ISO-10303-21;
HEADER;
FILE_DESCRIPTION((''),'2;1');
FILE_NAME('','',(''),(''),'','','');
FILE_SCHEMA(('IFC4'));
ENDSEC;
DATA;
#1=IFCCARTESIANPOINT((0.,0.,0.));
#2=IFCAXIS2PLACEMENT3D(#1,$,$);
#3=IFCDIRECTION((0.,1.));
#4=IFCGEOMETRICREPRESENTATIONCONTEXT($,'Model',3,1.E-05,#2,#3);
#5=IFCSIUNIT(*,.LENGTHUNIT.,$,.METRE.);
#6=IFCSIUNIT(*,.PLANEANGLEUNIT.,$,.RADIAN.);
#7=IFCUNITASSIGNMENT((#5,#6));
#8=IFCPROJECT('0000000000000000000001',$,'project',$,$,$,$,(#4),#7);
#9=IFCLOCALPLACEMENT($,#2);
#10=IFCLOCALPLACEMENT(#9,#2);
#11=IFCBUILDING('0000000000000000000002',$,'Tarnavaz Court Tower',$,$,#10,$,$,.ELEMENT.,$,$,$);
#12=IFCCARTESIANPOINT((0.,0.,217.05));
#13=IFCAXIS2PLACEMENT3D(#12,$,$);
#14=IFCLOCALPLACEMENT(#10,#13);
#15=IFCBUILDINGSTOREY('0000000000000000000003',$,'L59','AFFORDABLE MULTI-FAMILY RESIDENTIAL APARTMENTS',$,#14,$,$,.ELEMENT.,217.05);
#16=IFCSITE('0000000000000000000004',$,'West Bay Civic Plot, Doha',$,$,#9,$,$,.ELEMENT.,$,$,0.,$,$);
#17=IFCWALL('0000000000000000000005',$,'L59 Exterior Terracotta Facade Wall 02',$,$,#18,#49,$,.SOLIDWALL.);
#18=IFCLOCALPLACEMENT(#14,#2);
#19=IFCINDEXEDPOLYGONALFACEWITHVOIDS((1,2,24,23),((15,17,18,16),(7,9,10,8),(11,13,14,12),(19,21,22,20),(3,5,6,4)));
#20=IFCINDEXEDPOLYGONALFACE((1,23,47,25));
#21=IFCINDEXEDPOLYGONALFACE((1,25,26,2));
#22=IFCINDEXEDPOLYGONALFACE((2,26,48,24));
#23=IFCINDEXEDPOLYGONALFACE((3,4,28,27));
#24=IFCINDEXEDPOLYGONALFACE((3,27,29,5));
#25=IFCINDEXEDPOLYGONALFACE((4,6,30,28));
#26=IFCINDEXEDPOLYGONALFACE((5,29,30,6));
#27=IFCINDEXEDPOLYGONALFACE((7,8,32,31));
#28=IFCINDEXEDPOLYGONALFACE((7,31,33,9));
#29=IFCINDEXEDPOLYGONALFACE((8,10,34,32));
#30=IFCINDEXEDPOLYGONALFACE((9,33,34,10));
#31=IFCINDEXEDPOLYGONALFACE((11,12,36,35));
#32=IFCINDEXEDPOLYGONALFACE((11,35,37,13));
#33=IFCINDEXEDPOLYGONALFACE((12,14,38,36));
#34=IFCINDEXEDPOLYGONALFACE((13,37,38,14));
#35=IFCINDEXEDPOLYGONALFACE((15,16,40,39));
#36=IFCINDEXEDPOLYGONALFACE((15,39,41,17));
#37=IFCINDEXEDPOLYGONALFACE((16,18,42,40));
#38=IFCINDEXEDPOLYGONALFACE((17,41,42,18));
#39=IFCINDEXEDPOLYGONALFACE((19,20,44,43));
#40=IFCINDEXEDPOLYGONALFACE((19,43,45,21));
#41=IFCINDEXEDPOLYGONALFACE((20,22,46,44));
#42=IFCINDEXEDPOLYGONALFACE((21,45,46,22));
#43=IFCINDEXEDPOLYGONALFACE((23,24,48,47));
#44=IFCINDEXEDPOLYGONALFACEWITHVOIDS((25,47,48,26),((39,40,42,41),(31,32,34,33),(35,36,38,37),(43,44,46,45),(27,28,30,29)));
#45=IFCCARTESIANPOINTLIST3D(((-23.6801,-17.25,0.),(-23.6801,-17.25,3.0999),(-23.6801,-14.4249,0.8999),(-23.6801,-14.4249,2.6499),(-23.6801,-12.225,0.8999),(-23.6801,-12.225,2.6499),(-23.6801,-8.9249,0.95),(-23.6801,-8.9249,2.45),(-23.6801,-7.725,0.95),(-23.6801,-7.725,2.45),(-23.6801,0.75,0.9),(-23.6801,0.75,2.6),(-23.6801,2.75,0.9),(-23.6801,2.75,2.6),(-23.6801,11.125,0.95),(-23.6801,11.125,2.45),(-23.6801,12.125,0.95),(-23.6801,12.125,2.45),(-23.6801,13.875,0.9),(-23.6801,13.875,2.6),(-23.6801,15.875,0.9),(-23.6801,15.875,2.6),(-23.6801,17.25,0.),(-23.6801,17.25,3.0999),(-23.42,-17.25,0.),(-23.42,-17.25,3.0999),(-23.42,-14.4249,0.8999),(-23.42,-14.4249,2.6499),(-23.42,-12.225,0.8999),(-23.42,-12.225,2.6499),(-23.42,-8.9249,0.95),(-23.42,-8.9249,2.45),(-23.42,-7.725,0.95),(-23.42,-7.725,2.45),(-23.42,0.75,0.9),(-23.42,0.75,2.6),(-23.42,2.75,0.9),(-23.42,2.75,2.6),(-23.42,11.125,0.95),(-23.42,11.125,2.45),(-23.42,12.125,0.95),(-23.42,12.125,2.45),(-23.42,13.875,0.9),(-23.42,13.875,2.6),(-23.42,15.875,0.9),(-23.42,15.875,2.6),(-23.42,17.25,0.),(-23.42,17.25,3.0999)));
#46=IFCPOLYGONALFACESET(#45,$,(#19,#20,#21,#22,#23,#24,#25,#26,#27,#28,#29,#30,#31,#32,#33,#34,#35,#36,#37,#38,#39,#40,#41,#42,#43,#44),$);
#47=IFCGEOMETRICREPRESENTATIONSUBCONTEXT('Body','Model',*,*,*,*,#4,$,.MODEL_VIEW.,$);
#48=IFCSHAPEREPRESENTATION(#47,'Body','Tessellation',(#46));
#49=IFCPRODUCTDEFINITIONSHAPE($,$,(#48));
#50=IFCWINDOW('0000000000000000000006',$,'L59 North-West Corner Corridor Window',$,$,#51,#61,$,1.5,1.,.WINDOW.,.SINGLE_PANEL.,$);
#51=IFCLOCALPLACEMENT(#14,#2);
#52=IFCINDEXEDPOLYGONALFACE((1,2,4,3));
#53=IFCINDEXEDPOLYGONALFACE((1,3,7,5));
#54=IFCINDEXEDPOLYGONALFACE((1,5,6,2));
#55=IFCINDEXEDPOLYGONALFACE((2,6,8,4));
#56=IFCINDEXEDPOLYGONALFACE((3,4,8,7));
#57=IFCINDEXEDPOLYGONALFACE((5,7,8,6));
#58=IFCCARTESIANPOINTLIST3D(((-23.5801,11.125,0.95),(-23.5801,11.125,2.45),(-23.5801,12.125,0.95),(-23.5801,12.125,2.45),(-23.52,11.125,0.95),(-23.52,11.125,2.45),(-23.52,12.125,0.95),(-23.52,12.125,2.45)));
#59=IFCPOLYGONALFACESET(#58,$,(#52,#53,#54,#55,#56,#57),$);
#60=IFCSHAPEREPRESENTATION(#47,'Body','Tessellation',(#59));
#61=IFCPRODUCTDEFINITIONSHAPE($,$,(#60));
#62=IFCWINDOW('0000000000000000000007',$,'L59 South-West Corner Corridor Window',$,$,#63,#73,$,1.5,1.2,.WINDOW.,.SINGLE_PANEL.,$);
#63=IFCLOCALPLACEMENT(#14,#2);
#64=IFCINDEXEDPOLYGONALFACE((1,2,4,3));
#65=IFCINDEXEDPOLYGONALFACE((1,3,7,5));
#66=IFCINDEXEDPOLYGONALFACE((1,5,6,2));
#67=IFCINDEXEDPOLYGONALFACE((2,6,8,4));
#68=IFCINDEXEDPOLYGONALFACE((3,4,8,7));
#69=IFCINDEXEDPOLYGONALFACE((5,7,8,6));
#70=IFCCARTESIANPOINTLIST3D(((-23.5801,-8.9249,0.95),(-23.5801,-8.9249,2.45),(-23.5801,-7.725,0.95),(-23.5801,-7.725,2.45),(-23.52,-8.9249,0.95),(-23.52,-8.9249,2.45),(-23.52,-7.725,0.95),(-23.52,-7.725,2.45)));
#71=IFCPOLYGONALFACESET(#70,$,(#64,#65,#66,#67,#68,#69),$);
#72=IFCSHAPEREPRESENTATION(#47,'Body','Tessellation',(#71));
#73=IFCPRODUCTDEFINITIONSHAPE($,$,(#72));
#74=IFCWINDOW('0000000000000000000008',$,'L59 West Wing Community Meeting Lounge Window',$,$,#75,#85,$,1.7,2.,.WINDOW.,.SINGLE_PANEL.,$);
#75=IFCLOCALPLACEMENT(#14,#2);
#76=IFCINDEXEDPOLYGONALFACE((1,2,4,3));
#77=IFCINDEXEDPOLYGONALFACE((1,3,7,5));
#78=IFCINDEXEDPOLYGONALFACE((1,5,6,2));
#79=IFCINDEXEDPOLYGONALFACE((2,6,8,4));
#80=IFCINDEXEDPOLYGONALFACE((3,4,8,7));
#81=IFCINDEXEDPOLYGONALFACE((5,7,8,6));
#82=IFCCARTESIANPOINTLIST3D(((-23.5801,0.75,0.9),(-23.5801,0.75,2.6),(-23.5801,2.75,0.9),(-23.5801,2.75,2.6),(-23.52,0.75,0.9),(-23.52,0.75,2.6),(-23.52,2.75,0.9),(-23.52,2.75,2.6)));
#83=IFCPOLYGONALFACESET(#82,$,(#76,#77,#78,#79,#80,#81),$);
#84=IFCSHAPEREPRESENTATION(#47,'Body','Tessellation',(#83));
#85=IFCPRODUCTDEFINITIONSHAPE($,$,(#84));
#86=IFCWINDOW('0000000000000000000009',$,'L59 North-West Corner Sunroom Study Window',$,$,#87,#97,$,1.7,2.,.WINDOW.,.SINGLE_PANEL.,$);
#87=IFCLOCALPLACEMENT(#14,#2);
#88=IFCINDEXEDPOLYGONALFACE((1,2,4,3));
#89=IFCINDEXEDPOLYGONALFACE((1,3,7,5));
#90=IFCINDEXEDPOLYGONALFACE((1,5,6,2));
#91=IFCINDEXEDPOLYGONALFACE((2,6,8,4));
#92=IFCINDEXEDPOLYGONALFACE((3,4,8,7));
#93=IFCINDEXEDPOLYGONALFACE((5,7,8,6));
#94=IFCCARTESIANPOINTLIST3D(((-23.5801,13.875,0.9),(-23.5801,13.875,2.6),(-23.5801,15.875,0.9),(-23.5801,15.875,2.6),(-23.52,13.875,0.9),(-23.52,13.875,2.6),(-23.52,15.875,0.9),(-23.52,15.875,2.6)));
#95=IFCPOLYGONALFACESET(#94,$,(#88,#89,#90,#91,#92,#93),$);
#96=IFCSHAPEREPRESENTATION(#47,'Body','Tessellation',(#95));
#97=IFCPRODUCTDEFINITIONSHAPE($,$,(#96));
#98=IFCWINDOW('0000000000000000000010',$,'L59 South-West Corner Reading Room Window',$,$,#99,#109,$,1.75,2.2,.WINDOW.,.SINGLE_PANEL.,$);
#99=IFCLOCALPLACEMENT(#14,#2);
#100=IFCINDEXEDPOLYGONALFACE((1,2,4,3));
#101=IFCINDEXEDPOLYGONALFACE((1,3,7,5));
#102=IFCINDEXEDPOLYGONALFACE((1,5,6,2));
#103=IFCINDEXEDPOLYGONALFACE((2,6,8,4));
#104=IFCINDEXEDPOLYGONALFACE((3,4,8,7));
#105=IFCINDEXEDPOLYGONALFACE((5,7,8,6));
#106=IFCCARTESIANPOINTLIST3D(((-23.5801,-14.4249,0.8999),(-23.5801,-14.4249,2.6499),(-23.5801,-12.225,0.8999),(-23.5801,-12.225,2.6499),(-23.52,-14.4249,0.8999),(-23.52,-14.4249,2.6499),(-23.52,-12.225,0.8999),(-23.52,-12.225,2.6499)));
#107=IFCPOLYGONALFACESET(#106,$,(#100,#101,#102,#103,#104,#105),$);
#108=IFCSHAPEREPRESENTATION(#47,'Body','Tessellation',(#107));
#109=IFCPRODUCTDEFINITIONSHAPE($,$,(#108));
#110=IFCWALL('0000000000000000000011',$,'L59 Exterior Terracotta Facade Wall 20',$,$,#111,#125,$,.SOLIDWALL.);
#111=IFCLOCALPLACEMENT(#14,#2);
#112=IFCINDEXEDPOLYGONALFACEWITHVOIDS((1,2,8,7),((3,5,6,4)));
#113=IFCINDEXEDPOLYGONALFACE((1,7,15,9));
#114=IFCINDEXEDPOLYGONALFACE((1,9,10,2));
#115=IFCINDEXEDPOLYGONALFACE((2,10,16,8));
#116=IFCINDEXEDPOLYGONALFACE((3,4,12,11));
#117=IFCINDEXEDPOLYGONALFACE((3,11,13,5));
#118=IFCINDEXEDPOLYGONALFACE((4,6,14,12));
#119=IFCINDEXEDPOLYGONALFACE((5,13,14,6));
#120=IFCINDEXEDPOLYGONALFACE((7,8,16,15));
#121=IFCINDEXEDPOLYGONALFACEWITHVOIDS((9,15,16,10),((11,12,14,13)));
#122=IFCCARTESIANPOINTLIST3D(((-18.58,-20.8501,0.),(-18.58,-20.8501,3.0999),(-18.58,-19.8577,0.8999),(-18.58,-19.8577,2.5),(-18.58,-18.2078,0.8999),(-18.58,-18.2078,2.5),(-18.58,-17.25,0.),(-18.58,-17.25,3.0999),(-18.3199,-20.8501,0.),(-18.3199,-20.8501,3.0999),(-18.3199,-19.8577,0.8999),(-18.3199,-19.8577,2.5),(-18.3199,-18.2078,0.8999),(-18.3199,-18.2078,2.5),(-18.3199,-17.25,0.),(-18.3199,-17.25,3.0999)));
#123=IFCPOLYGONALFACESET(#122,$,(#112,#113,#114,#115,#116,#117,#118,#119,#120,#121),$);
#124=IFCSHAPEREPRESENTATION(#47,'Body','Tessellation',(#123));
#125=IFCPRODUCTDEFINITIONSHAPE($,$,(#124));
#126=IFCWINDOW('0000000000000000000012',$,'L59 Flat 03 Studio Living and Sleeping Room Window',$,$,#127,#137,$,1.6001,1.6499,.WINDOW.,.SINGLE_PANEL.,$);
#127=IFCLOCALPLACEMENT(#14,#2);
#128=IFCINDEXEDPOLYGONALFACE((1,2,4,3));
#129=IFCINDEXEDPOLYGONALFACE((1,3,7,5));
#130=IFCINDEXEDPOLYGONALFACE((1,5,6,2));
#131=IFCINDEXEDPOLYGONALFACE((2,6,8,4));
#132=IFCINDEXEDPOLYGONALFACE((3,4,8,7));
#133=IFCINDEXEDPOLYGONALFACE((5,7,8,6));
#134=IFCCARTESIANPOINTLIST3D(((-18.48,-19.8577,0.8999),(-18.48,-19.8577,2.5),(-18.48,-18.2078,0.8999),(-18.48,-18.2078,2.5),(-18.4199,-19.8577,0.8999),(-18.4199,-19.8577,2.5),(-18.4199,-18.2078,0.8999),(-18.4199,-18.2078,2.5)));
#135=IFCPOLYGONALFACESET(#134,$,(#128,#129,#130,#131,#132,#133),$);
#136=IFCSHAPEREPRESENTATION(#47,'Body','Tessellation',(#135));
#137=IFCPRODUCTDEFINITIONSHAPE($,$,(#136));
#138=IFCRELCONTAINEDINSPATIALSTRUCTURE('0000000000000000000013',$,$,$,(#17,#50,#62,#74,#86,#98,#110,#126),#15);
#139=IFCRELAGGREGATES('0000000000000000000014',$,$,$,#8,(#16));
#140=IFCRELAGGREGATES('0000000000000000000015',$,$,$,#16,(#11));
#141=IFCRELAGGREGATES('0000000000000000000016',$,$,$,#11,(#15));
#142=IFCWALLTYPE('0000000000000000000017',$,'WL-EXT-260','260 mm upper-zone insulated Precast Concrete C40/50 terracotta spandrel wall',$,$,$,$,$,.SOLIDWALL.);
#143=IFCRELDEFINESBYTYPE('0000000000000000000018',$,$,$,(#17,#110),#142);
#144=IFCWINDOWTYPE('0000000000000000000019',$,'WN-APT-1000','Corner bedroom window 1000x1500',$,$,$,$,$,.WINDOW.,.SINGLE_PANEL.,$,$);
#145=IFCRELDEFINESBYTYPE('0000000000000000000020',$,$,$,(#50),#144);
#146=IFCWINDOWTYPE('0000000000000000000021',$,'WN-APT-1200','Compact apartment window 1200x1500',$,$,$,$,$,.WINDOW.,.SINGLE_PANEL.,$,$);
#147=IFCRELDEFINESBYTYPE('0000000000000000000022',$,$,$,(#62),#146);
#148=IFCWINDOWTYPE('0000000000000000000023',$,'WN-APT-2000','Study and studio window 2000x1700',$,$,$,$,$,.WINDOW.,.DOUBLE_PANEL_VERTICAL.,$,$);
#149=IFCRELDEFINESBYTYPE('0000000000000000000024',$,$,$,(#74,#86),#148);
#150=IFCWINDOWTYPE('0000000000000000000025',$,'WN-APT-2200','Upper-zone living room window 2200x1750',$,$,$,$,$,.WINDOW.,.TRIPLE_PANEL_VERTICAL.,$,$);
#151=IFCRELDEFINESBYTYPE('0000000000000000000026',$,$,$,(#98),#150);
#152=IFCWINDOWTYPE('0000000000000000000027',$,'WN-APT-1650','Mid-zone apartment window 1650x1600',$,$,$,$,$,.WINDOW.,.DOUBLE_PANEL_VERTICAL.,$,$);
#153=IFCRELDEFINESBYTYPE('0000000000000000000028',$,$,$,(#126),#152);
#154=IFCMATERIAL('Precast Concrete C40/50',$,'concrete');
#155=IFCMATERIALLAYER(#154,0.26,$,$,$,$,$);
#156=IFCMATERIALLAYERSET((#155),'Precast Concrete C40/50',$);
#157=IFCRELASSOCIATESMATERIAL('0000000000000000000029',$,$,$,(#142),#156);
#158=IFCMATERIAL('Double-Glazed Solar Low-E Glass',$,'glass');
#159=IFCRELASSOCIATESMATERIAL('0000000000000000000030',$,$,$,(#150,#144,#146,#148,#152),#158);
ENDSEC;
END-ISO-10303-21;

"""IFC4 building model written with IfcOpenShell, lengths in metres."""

from ifc_helpers import new_model, si_unit, direction, frame, frame_2d, origin, place, context, subcontext, project, spatial, rectangle, extrude, material, layer, layer_set, type_object, element, fill, save


model = new_model("IFC4")

# Units and contexts
model_context = context("Model", 3, precision=1e-05, world=origin(), true_north=direction((0.0, 1.0)))
body_context = subcontext(model_context, "Body", "Model", "MODEL_VIEW")
ifc_project = project(units=[si_unit("LENGTHUNIT", "METRE"), si_unit("PLANEANGLEUNIT", "RADIAN")], contexts=[model_context])

# Site, building, storey
site_placement = place(None, origin())
site = spatial("IfcSite", under=ifc_project, at=site_placement, Name="West Bay Civic Plot, Doha", CompositionType="ELEMENT", RefElevation=0.0)
building_placement = place(site_placement, origin())
building = spatial("IfcBuilding", under=site, at=building_placement, Name="Tarnavaz Court Tower", CompositionType="ELEMENT")
storey_placement = place(building_placement, frame((0.0, 0.0, 217.05)))
storey = spatial("IfcBuildingStorey", under=building, at=storey_placement, Name="L59", Description="AFFORDABLE MULTI-FAMILY RESIDENTIAL APARTMENTS", CompositionType="ELEMENT", Elevation=217.05)

# Shared definitions
ifc_material_1 = material(Name="Precast Concrete C40/50", Category="concrete")
ifc_layer_1 = layer(ifc_material_1, 0.26)
ifc_layer_set_1 = layer_set([ifc_layer_1], Name="Precast Concrete C40/50")
wall_type_1 = type_object("IfcWallType", Name="WL-EXT-260", Description="260 mm upper-zone insulated Precast Concrete C40/50 terracotta spandrel wall", PredefinedType="SOLIDWALL", material=ifc_layer_set_1)
ifc_material_2 = material(Name="Double-Glazed Solar Low-E Glass", Category="glass")
window_type_1 = type_object("IfcWindowType", Name="WN-APT-2200", Description="Upper-zone living room window 2200x1750", PartitioningType="TRIPLE_PANEL_VERTICAL", PredefinedType="WINDOW", material=ifc_material_2)

# Wall, openings, windows
wall_1_placement = place(storey_placement, frame((-23.55, -17.25, 0.0), z_axis=(0.0, 0.0, 1.0), x_axis=(0.0, 1.0, 0.0)))
wall_1 = element("IfcWall", 1, at=wall_1_placement, inside=storey, type_object=wall_type_1, Name="L59 Exterior Terracotta Facade Wall 02", PredefinedType="SOLIDWALL", context=body_context, shape_type="SweptSolid", body=[
    extrude(rectangle(XDim=34.5, YDim=0.26, at=frame_2d((17.25, 0.0))), origin(), (0.0, 0.0, 1.0), 3.0999),
])
opening_1_placement = place(wall_1_placement, frame((2.825, 0.0, 0.8999)))
opening_1 = element("IfcOpeningElement", 2, at=opening_1_placement, cuts=wall_1, PredefinedType="OPENING", context=body_context, shape_type="SweptSolid", body=[
    extrude(rectangle(XDim=2.2, YDim=1.75, at=frame_2d((1.1001, 0.875))), frame((0.0, 0.1399, 0.0), z_axis=(0.0, -1.0, 0.0), x_axis=(1.0, 0.0, 0.0)), (0.0, 0.0, 1.0), 0.28),
])
opening_2_placement = place(wall_1_placement, frame((8.325, 0.0, 0.95)))
opening_2 = element("IfcOpeningElement", 3, at=opening_2_placement, cuts=wall_1, PredefinedType="OPENING", context=body_context, shape_type="SweptSolid", body=[
    extrude(rectangle(XDim=1.2, YDim=1.5, at=frame_2d((0.6001, 0.75))), frame((0.0, 0.1399, 0.0), z_axis=(0.0, -1.0, 0.0), x_axis=(1.0, 0.0, 0.0)), (0.0, 0.0, 1.0), 0.28),
])
opening_3_placement = place(wall_1_placement, frame((18.0, 0.0, 0.8999)))
opening_3 = element("IfcOpeningElement", 4, at=opening_3_placement, cuts=wall_1, PredefinedType="OPENING", context=body_context, shape_type="SweptSolid", body=[
    extrude(rectangle(XDim=2.0, YDim=1.7, at=frame_2d((1.0, 0.8501))), frame((0.0, 0.1399, 0.0), z_axis=(0.0, -1.0, 0.0), x_axis=(1.0, 0.0, 0.0)), (0.0, 0.0, 1.0), 0.28),
])
opening_4_placement = place(wall_1_placement, frame((28.375, 0.0, 0.95)))
opening_4 = element("IfcOpeningElement", 5, at=opening_4_placement, cuts=wall_1, PredefinedType="OPENING", context=body_context, shape_type="SweptSolid", body=[
    extrude(rectangle(XDim=1.0, YDim=1.5, at=frame_2d((0.5, 0.75))), frame((0.0, 0.1399, 0.0), z_axis=(0.0, -1.0, 0.0), x_axis=(1.0, 0.0, 0.0)), (0.0, 0.0, 1.0), 0.28),
])
opening_5_placement = place(wall_1_placement, frame((31.125, 0.0, 0.8999)))
opening_5 = element("IfcOpeningElement", 6, at=opening_5_placement, cuts=wall_1, PredefinedType="OPENING", context=body_context, shape_type="SweptSolid", body=[
    extrude(rectangle(XDim=2.0, YDim=1.7, at=frame_2d((1.0, 0.8501))), frame((0.0, 0.1399, 0.0), z_axis=(0.0, -1.0, 0.0), x_axis=(1.0, 0.0, 0.0)), (0.0, 0.0, 1.0), 0.28),
])
window_type_2 = type_object("IfcWindowType", Name="WN-APT-1000", Description="Corner bedroom window 1000x1500", PartitioningType="SINGLE_PANEL", PredefinedType="WINDOW", material=ifc_material_2)
window_1_placement = place(opening_4_placement, origin())
window_1 = element("IfcWindow", 7, at=window_1_placement, inside=storey, type_object=window_type_2, Name="L59 North-West Corner Corridor Window", OverallHeight=1.5, OverallWidth=1.0, PartitioningType="SINGLE_PANEL", PredefinedType="WINDOW", context=body_context, shape_type="SweptSolid", body=[
    extrude(rectangle(XDim=1.0, YDim=1.5, at=frame_2d((0.5, 0.75))), frame((0.0, 0.03, 0.0), z_axis=(0.0, -1.0, 0.0), x_axis=(1.0, 0.0, 0.0)), (0.0, 0.0, 1.0), 0.0601),
])
fill(opening_4, window_1)
window_type_3 = type_object("IfcWindowType", Name="WN-APT-1200", Description="Compact apartment window 1200x1500", PartitioningType="SINGLE_PANEL", PredefinedType="WINDOW", material=ifc_material_2)
window_2_placement = place(opening_2_placement, origin())
window_2 = element("IfcWindow", 8, at=window_2_placement, inside=storey, type_object=window_type_3, Name="L59 South-West Corner Corridor Window", OverallHeight=1.5, OverallWidth=1.2, PartitioningType="SINGLE_PANEL", PredefinedType="WINDOW", context=body_context, shape_type="SweptSolid", body=[
    extrude(rectangle(XDim=1.2, YDim=1.5, at=frame_2d((0.6001, 0.75))), frame((0.0, 0.03, 0.0), z_axis=(0.0, -1.0, 0.0), x_axis=(1.0, 0.0, 0.0)), (0.0, 0.0, 1.0), 0.0601),
])
fill(opening_2, window_2)
window_type_4 = type_object("IfcWindowType", Name="WN-APT-2000", Description="Study and studio window 2000x1700", PartitioningType="DOUBLE_PANEL_VERTICAL", PredefinedType="WINDOW", material=ifc_material_2)
window_3_placement = place(opening_3_placement, origin())
window_3 = element("IfcWindow", 9, at=window_3_placement, inside=storey, type_object=window_type_4, Name="L59 West Wing Community Meeting Lounge Window", OverallHeight=1.7, OverallWidth=2.0, PartitioningType="SINGLE_PANEL", PredefinedType="WINDOW", context=body_context, shape_type="SweptSolid", body=[
    extrude(rectangle(XDim=2.0, YDim=1.7, at=frame_2d((1.0, 0.8501))), frame((0.0, 0.03, 0.0), z_axis=(0.0, -1.0, 0.0), x_axis=(1.0, 0.0, 0.0)), (0.0, 0.0, 1.0), 0.0601),
])
fill(opening_3, window_3)
window_4_placement = place(opening_5_placement, origin())
window_4 = element("IfcWindow", 10, at=window_4_placement, inside=storey, type_object=window_type_4, Name="L59 North-West Corner Sunroom Study Window", OverallHeight=1.7, OverallWidth=2.0, PartitioningType="SINGLE_PANEL", PredefinedType="WINDOW", context=body_context, shape_type="SweptSolid", body=[
    extrude(rectangle(XDim=2.0, YDim=1.7, at=frame_2d((1.0, 0.8501))), frame((0.0, 0.03, 0.0), z_axis=(0.0, -1.0, 0.0), x_axis=(1.0, 0.0, 0.0)), (0.0, 0.0, 1.0), 0.0601),
])
fill(opening_5, window_4)
window_5_placement = place(opening_1_placement, origin())
window_5 = element("IfcWindow", 11, at=window_5_placement, inside=storey, type_object=window_type_1, Name="L59 South-West Corner Reading Room Window", OverallHeight=1.75, OverallWidth=2.2, PartitioningType="SINGLE_PANEL", PredefinedType="WINDOW", context=body_context, shape_type="SweptSolid", body=[
    extrude(rectangle(XDim=2.2, YDim=1.75, at=frame_2d((1.1001, 0.875))), frame((0.0, 0.03, 0.0), z_axis=(0.0, -1.0, 0.0), x_axis=(1.0, 0.0, 0.0)), (0.0, 0.0, 1.0), 0.0601),
])
fill(opening_1, window_5)

# Wall, opening, window
wall_2_placement = place(storey_placement, frame((-18.45, -20.8501, 0.0), z_axis=(0.0, 0.0, 1.0), x_axis=(0.0, 1.0, 0.0)))
wall_2 = element("IfcWall", 12, at=wall_2_placement, inside=storey, type_object=wall_type_1, Name="L59 Exterior Terracotta Facade Wall 20", PredefinedType="SOLIDWALL", context=body_context, shape_type="SweptSolid", body=[
    extrude(rectangle(XDim=3.6001, YDim=0.26, at=frame_2d((1.8, 0.0))), origin(), (0.0, 0.0, 1.0), 3.0999),
])
opening_6_placement = place(wall_2_placement, frame((0.9924, 0.0, 0.8999)))
opening_6 = element("IfcOpeningElement", 13, at=opening_6_placement, cuts=wall_2, PredefinedType="OPENING", context=body_context, shape_type="SweptSolid", body=[
    extrude(rectangle(XDim=1.6499, YDim=1.6001, at=frame_2d((0.825, 0.8))), frame((0.0, 0.1399, 0.0), z_axis=(0.0, -1.0, 0.0), x_axis=(1.0, 0.0, 0.0)), (0.0, 0.0, 1.0), 0.28),
])
window_type_5 = type_object("IfcWindowType", Name="WN-APT-1650", Description="Mid-zone apartment window 1650x1600", PartitioningType="DOUBLE_PANEL_VERTICAL", PredefinedType="WINDOW", material=ifc_material_2)
window_6_placement = place(opening_6_placement, origin())
window_6 = element("IfcWindow", 14, at=window_6_placement, inside=storey, type_object=window_type_5, Name="L59 Flat 03 Studio Living and Sleeping Room Window", OverallHeight=1.6001, OverallWidth=1.6499, PartitioningType="SINGLE_PANEL", PredefinedType="WINDOW", context=body_context, shape_type="SweptSolid", body=[
    extrude(rectangle(XDim=1.6499, YDim=1.6001, at=frame_2d((0.825, 0.8))), frame((0.0, 0.03, 0.0), z_axis=(0.0, -1.0, 0.0), x_axis=(1.0, 0.0, 0.0)), (0.0, 0.0, 1.0), 0.0601),
])
fill(opening_6, window_6)

save(model, "model.ifc")
